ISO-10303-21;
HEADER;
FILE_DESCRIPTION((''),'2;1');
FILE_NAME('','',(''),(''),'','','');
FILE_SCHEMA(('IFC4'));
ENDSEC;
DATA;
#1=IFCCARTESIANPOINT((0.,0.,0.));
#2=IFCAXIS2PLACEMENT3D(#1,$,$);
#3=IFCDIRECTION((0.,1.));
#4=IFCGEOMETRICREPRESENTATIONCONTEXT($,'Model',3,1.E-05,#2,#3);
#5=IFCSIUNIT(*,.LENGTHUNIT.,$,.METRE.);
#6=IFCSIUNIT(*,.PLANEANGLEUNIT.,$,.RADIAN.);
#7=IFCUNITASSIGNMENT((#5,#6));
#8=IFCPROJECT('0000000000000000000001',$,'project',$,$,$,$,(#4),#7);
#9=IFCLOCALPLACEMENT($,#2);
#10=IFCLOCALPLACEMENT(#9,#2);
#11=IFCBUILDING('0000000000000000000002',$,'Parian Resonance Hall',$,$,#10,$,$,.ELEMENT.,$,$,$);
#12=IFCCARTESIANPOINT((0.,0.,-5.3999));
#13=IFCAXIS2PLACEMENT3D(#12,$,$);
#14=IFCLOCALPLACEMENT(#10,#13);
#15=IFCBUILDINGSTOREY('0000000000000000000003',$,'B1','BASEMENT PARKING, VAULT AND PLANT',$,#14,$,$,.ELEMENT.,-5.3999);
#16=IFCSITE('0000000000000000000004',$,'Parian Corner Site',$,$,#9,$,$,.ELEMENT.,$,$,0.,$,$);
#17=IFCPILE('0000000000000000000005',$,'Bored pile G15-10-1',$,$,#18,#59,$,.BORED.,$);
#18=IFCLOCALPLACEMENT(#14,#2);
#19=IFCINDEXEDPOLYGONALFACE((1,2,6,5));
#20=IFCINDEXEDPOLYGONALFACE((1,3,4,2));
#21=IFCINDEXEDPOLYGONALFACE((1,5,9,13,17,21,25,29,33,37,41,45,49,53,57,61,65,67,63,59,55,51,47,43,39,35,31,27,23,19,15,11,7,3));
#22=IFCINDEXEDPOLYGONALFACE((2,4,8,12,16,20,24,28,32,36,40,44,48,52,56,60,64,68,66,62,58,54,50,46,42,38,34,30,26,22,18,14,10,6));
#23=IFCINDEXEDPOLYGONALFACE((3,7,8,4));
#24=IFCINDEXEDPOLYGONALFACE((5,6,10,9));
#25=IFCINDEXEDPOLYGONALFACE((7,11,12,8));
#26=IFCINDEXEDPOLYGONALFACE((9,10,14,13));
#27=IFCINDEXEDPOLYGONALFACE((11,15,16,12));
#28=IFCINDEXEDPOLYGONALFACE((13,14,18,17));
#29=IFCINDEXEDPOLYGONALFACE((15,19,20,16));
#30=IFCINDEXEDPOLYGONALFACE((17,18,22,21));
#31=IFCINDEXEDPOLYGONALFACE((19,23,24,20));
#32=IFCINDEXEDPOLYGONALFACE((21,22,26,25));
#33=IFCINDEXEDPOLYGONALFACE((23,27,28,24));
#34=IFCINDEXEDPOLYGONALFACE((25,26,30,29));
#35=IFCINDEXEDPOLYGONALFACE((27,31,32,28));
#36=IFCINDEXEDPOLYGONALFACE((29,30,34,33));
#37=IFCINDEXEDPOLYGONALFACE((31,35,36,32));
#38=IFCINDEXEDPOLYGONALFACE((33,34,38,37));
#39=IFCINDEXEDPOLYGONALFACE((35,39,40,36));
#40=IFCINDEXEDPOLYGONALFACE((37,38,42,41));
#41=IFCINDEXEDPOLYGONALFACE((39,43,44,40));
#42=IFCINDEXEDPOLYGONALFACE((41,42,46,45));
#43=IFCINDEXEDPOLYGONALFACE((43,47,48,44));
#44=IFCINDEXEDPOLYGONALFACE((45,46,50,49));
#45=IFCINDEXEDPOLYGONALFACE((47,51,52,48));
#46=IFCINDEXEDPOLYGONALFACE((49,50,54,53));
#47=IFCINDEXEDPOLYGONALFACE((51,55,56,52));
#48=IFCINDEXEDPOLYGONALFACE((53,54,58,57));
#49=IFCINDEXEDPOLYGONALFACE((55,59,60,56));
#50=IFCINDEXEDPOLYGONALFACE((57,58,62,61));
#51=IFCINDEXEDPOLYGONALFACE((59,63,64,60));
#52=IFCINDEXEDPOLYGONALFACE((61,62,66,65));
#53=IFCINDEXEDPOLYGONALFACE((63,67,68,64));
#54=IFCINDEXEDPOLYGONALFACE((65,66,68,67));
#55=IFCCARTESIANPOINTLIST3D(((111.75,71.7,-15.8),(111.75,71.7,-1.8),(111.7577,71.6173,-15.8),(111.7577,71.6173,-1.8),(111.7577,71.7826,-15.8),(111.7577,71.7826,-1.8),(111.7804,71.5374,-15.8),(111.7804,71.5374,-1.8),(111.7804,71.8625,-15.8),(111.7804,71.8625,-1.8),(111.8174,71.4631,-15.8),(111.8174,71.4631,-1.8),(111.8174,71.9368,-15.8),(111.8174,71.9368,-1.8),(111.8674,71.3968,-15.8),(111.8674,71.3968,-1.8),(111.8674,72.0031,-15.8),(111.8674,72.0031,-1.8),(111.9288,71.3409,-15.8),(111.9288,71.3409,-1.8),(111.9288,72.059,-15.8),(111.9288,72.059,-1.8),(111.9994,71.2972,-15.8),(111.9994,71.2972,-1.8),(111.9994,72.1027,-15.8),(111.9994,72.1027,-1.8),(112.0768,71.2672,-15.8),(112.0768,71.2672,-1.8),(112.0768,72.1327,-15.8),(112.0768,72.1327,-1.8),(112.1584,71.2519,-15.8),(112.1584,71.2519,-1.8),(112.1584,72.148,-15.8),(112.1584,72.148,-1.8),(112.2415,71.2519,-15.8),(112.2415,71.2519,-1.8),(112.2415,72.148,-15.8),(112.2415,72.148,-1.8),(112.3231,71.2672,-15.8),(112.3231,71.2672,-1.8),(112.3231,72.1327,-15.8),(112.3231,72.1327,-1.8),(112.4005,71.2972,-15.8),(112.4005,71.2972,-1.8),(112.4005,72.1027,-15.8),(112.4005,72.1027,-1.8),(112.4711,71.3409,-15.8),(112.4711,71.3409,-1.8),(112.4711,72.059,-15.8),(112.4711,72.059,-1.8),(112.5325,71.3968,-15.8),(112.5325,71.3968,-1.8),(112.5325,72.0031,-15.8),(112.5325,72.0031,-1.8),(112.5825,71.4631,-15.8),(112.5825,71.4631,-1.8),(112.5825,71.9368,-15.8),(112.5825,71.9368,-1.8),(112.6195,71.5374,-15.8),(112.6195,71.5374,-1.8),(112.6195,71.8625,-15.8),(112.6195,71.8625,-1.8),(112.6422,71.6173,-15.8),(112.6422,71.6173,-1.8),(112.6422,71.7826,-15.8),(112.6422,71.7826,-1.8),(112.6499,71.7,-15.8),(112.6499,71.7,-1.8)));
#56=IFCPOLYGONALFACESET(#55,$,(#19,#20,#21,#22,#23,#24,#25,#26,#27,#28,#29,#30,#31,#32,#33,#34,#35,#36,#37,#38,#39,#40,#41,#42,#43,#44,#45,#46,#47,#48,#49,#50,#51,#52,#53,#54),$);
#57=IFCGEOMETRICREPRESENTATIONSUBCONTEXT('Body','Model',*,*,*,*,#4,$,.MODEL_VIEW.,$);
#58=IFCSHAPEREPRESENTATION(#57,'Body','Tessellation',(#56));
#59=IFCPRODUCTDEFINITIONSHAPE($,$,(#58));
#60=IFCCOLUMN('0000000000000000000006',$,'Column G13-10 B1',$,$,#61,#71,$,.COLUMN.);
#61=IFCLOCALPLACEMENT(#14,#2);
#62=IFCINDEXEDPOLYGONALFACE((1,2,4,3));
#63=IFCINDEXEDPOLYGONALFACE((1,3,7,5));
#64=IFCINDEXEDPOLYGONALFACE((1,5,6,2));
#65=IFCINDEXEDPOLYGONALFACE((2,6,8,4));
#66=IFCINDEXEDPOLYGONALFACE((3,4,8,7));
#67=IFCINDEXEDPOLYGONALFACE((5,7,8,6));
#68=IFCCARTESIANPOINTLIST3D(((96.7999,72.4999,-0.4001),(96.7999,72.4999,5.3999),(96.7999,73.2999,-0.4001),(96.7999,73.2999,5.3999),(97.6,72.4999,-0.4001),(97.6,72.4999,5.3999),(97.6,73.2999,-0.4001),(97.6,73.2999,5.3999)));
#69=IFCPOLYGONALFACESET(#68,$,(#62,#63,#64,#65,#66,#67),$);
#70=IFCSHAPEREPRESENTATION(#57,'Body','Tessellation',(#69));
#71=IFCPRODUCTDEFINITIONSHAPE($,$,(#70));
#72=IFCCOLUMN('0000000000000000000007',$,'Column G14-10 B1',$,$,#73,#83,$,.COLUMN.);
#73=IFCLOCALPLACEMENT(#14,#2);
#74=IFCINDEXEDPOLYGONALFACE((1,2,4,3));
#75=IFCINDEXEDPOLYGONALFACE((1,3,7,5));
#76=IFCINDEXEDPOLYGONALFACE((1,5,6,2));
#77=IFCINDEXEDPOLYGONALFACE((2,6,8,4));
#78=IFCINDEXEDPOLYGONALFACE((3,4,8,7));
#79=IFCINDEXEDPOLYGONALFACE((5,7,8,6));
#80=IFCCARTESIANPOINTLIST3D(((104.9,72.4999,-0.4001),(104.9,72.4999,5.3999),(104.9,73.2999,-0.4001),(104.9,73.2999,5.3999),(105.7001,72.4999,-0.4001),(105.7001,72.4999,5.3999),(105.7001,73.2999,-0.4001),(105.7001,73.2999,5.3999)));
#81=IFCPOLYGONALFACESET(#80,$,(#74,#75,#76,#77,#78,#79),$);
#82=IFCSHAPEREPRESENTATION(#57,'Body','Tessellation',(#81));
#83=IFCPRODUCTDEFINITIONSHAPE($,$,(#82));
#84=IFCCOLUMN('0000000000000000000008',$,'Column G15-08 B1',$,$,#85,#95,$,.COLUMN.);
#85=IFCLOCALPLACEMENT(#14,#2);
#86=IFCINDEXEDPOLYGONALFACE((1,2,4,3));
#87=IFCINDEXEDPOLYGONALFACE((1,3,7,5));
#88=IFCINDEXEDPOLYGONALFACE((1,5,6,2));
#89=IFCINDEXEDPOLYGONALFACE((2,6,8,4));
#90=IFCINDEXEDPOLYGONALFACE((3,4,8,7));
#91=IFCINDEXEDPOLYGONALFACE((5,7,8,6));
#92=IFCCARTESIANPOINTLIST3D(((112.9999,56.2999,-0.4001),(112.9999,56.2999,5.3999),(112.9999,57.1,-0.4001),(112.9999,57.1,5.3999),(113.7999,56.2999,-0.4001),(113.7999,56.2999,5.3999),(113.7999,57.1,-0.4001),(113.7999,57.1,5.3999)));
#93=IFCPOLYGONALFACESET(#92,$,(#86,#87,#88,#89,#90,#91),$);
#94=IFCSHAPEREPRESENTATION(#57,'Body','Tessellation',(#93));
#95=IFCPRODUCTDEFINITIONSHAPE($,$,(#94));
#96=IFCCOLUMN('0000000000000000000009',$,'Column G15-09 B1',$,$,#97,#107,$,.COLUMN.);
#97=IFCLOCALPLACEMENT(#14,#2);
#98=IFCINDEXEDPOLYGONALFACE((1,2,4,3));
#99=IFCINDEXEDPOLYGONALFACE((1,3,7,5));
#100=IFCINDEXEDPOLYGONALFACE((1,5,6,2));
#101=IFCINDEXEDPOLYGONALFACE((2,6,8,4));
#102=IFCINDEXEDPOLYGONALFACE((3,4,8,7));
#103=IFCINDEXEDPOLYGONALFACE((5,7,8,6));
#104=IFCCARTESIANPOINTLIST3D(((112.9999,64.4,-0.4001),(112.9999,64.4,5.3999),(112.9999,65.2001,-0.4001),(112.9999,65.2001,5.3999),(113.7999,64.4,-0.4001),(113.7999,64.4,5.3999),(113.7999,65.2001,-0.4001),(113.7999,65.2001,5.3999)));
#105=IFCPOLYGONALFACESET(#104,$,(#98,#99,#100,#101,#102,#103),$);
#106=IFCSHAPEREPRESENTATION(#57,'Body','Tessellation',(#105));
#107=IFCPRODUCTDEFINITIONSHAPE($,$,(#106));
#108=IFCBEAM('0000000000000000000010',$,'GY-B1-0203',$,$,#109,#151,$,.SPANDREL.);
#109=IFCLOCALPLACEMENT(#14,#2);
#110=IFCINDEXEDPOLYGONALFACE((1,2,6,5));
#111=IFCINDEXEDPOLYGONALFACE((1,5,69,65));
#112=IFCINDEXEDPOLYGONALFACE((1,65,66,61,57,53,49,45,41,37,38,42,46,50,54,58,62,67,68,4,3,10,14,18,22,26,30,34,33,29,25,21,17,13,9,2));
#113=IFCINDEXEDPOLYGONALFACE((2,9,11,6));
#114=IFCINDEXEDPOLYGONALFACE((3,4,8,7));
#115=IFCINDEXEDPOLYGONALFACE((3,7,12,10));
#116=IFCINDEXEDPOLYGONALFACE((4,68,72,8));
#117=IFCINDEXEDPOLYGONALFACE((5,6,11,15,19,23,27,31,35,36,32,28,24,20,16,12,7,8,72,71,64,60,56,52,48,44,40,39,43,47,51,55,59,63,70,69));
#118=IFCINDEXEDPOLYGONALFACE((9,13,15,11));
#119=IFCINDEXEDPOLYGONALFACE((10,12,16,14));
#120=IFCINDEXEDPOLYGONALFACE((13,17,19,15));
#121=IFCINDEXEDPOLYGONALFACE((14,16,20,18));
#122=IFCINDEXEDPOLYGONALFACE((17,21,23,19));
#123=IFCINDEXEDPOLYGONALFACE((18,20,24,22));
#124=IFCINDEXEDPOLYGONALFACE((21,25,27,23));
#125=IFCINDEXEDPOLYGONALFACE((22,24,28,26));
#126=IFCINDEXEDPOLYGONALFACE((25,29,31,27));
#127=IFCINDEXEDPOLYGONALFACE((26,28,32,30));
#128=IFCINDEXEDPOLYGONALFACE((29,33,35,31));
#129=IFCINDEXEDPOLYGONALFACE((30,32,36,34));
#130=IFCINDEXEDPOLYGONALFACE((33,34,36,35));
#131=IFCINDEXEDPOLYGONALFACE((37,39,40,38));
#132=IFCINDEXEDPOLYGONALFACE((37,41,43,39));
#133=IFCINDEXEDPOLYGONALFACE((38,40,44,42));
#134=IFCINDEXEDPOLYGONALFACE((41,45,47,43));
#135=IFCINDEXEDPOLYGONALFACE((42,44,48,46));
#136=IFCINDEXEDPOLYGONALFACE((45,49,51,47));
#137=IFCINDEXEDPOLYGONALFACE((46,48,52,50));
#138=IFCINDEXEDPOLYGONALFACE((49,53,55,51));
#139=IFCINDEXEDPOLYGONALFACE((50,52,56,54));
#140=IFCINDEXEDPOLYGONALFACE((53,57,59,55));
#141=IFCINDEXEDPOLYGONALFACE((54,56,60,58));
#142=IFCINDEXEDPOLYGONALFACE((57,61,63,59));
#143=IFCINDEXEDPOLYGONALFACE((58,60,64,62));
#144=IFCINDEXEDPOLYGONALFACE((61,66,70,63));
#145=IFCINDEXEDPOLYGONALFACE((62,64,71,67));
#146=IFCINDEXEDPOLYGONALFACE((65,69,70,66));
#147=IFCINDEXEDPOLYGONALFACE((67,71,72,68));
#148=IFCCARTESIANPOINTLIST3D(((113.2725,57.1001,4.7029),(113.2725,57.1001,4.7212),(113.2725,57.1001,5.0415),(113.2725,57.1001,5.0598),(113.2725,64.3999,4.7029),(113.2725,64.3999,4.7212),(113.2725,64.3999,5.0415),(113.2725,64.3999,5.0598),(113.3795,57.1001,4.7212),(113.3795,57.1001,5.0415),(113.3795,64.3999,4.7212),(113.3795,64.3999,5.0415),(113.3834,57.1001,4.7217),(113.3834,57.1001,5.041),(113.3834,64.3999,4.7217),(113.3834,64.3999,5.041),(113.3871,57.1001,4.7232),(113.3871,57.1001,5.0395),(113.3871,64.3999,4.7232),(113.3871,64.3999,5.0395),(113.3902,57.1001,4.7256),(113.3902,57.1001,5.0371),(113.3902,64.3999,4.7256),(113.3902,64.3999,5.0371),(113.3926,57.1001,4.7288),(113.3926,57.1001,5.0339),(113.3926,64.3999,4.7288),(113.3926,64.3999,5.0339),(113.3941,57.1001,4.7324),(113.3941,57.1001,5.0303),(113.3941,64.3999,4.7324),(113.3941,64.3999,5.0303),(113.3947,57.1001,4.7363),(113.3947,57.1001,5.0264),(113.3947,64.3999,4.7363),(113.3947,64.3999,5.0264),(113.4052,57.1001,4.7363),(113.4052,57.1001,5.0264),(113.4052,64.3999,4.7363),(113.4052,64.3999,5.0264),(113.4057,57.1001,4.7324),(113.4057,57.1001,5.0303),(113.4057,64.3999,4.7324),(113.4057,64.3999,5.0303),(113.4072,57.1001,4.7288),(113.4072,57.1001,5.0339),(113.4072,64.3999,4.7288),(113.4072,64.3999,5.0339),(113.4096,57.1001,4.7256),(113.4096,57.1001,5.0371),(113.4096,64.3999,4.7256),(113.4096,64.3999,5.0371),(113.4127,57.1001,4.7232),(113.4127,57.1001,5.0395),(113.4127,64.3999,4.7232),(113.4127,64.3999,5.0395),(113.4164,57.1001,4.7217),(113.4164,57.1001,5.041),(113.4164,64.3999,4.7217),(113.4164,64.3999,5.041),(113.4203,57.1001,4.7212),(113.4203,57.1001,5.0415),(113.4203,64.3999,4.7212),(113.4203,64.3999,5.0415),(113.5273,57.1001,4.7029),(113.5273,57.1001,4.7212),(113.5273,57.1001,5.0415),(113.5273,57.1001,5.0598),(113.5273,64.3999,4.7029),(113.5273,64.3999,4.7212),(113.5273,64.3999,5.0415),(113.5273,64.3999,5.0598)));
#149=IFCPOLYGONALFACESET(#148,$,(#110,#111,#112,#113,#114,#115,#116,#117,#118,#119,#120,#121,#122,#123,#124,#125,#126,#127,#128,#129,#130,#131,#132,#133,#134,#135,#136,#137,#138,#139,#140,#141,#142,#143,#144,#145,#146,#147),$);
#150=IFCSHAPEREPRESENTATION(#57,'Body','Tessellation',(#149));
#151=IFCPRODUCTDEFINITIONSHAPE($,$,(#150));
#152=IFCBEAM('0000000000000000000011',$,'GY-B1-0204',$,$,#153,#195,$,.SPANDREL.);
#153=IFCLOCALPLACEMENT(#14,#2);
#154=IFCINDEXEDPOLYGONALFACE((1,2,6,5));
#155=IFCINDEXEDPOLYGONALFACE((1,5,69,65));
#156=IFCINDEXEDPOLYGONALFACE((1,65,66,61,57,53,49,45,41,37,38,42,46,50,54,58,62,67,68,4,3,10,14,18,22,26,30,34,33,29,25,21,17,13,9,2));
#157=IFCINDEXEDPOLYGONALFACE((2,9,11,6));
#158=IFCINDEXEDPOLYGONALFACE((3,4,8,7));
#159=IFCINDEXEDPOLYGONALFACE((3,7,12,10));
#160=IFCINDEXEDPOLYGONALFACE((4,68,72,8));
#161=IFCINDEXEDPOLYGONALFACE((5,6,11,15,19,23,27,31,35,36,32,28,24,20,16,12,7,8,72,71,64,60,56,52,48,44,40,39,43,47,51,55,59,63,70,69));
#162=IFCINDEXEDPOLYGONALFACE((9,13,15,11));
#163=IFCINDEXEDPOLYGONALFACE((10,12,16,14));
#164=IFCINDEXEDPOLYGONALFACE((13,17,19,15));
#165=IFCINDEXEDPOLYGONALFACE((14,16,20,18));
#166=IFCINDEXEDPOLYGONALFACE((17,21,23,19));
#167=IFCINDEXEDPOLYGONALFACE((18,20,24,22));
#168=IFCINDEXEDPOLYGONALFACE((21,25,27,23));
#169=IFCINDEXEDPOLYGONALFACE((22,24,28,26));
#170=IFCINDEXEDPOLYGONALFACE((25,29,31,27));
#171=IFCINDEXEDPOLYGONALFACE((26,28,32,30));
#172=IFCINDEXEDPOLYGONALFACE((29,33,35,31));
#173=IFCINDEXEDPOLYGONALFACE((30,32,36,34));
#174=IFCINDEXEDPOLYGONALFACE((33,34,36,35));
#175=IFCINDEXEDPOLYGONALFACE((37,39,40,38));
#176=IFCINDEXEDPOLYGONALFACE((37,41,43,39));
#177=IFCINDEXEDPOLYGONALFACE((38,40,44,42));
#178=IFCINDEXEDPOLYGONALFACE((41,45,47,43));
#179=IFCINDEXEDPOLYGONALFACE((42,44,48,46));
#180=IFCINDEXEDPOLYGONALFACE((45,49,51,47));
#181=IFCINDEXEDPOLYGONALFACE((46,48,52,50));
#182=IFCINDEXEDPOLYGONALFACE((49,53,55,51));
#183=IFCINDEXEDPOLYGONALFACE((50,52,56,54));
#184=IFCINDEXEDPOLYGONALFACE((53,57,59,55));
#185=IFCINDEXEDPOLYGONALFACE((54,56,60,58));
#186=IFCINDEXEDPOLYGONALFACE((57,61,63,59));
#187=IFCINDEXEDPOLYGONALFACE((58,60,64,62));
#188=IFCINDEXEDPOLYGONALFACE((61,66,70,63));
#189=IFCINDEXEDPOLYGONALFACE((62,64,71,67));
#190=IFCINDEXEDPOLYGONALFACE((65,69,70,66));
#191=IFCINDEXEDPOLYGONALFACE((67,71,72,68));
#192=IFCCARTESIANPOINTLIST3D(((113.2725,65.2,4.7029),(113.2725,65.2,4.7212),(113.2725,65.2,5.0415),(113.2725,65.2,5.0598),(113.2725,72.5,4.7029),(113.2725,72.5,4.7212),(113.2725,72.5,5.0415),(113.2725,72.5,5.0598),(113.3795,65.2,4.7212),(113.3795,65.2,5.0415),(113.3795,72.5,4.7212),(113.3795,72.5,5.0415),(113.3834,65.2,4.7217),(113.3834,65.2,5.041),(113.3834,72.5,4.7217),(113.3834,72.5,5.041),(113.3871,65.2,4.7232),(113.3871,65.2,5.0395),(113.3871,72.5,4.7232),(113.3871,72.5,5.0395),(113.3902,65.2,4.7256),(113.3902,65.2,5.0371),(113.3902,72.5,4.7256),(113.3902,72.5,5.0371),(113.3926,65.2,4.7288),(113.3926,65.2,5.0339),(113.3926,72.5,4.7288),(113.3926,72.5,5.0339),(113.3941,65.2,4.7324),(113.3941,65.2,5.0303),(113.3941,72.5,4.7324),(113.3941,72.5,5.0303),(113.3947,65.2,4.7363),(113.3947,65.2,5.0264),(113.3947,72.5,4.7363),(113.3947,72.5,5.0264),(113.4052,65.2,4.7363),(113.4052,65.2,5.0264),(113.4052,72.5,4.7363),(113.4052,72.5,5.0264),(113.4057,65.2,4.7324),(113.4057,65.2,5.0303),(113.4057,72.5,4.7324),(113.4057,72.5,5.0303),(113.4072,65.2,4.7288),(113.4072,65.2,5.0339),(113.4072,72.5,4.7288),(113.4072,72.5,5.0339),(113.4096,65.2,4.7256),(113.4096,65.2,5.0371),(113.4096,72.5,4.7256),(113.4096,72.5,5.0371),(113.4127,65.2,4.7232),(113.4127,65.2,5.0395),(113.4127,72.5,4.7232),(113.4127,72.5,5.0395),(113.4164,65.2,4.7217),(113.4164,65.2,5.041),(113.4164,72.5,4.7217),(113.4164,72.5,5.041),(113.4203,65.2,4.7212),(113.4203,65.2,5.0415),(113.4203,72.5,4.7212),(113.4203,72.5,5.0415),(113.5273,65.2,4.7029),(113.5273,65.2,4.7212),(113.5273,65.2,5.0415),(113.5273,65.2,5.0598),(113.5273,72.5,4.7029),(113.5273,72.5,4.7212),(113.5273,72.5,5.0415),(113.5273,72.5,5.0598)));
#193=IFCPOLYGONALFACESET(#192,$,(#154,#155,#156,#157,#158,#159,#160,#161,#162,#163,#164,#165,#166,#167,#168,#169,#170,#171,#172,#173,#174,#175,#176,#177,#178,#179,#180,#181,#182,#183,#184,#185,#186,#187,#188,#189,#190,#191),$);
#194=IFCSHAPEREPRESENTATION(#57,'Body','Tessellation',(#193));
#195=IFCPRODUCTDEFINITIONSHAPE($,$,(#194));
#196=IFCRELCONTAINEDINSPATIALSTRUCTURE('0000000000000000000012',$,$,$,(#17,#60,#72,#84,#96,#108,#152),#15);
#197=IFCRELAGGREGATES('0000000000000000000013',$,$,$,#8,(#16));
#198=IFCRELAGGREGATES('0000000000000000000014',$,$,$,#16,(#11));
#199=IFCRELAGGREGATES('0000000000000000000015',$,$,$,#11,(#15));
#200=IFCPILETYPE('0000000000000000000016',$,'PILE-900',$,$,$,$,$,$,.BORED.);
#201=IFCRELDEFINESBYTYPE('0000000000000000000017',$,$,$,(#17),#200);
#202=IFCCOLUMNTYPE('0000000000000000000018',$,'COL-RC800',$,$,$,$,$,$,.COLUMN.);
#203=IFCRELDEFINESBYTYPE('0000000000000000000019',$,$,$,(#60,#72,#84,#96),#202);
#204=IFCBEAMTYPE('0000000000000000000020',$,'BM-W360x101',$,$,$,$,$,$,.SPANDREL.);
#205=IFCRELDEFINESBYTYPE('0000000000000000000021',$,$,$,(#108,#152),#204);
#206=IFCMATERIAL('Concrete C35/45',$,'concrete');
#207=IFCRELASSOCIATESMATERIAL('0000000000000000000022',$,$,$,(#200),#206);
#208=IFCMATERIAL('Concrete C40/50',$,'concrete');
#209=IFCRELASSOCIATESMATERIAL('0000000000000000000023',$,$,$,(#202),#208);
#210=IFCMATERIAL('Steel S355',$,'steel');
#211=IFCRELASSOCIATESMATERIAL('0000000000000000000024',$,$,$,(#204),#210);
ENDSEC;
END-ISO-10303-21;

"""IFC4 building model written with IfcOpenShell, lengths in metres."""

from ifc_helpers import new_model, si_unit, direction, frame, origin, origin_2d, place, context, subcontext, project, spatial, rectangle, circle, i_section, extrude, material, material_profile, profile_set, type_object, element, save


model = new_model("IFC4")

# Units and contexts
model_context = context("Model", 3, precision=1e-05, world=origin(), true_north=direction((0.0, 1.0)))
body_context = subcontext(model_context, "Body", "Model", "MODEL_VIEW")
ifc_project = project(units=[si_unit("LENGTHUNIT", "METRE"), si_unit("PLANEANGLEUNIT", "RADIAN")], contexts=[model_context])

# Site, building, storey
site_placement = place(None, origin())
site = spatial("IfcSite", under=ifc_project, at=site_placement, Name="Parian Corner Site", CompositionType="ELEMENT", RefElevation=0.0)
building_placement = place(site_placement, origin())
building = spatial("IfcBuilding", under=site, at=building_placement, Name="Parian Resonance Hall", CompositionType="ELEMENT")
storey_placement = place(building_placement, frame((0.0, 0.0, -5.3999)))
storey = spatial("IfcBuildingStorey", under=building, at=storey_placement, Name="B1", Description="BASEMENT PARKING, VAULT AND PLANT", CompositionType="ELEMENT", Elevation=-5.3999)

# Pile
ifc_material_1 = material(Name="Concrete C35/45", Category="concrete")
ifc_material_profile_1 = material_profile(ifc_material_1, circle(Radius=0.45, at=origin_2d()), Name="PILE-D900")
ifc_profile_set_1 = profile_set([ifc_material_profile_1], Name="Concrete C35/45")
pile_type_1 = type_object("IfcPileType", Name="PILE-900", PredefinedType="BORED", material=ifc_profile_set_1)
for number, where, z_axis, x_axis, name in (
    (1, (112.2, 71.7, -1.8), (0.0, 0.0, -1.0), (1.0, 0.0, 0.0), "Bored pile G15-10-1"),
):
    element("IfcPile", number, at=place(storey_placement, frame(where, z_axis=z_axis, x_axis=x_axis)), inside=storey, type_object=pile_type_1, Name=name, PredefinedType="BORED", context=body_context, shape_type="SweptSolid", body=[
        extrude(circle(Radius=0.45, at=origin_2d()), origin(), (0.0, 0.0, 1.0), 14.0),
    ])

# Columns
ifc_material_2 = material(Name="Concrete C40/50", Category="concrete")
ifc_material_profile_2 = material_profile(ifc_material_2, rectangle(XDim=0.8, YDim=0.8, at=origin_2d()), Name="RC-COL-800x800")
ifc_profile_set_2 = profile_set([ifc_material_profile_2], Name="Concrete C40/50")
column_type = type_object("IfcColumnType", Name="COL-RC800", PredefinedType="COLUMN", material=ifc_profile_set_2)
for number, where, z_axis, x_axis, name in (
    (2, (97.2, 72.8999, -0.4001), (0.0, 0.0, 1.0), (1.0, 0.0, 0.0), "Column G13-10 B1"),
    (3, (105.3, 72.8999, -0.4001), (0.0, 0.0, 1.0), (1.0, 0.0, 0.0), "Column G14-10 B1"),
    (4, (113.3999, 56.7, -0.4001), (0.0, 0.0, 1.0), (1.0, 0.0, 0.0), "Column G15-08 B1"),
    (5, (113.3999, 64.8, -0.4001), (0.0, 0.0, 1.0), (1.0, 0.0, 0.0), "Column G15-09 B1"),
):
    element("IfcColumn", number, at=place(storey_placement, frame(where, z_axis=z_axis, x_axis=x_axis)), inside=storey, type_object=column_type, Name=name, PredefinedType="COLUMN", context=body_context, shape_type="SweptSolid", body=[
        extrude(rectangle(XDim=0.8, YDim=0.8, at=origin_2d()), origin(), (0.0, 0.0, 1.0), 5.8),
    ])

# Beams
ifc_material_3 = material(Name="Steel S355", Category="steel")
ifc_material_profile_3 = material_profile(ifc_material_3, i_section(OverallWidth=0.2549, OverallDepth=0.3569, WebThickness=0.0105, FlangeThickness=0.0183, FilletRadius=0.0151, at=origin_2d()), Name="W360x101")
ifc_profile_set_3 = profile_set([ifc_material_profile_3], Name="Steel S355")
beam_type_1 = type_object("IfcBeamType", Name="BM-W360x101", PredefinedType="SPANDREL", material=ifc_profile_set_3)
beam_1_placement = place(storey_placement, frame((113.3999, 57.1001, 4.8813), z_axis=(0.0, 1.0, 0.0), x_axis=(-1.0, 0.0, 0.0)))
element("IfcBeam", 6, at=beam_1_placement, inside=storey, type_object=beam_type_1, Name="GY-B1-0203", PredefinedType="SPANDREL", context=body_context, shape_type="SweptSolid", body=[
    extrude(i_section(OverallWidth=0.2549, OverallDepth=0.3569, WebThickness=0.0105, FlangeThickness=0.0183, FilletRadius=0.0151, at=origin_2d()), origin(), (0.0, 0.0, 1.0), 7.2998),
])
beam_2_placement = place(storey_placement, frame((113.3999, 65.2, 4.8813), z_axis=(0.0, 1.0, 0.0), x_axis=(-1.0, 0.0, 0.0)))
element("IfcBeam", 7, at=beam_2_placement, inside=storey, type_object=beam_type_1, Name="GY-B1-0204", PredefinedType="SPANDREL", context=body_context, shape_type="SweptSolid", body=[
    extrude(i_section(OverallWidth=0.2549, OverallDepth=0.3569, WebThickness=0.0105, FlangeThickness=0.0183, FilletRadius=0.0151, at=origin_2d()), origin(), (0.0, 0.0, 1.0), 7.3),
])

save(model, "model.ifc")
